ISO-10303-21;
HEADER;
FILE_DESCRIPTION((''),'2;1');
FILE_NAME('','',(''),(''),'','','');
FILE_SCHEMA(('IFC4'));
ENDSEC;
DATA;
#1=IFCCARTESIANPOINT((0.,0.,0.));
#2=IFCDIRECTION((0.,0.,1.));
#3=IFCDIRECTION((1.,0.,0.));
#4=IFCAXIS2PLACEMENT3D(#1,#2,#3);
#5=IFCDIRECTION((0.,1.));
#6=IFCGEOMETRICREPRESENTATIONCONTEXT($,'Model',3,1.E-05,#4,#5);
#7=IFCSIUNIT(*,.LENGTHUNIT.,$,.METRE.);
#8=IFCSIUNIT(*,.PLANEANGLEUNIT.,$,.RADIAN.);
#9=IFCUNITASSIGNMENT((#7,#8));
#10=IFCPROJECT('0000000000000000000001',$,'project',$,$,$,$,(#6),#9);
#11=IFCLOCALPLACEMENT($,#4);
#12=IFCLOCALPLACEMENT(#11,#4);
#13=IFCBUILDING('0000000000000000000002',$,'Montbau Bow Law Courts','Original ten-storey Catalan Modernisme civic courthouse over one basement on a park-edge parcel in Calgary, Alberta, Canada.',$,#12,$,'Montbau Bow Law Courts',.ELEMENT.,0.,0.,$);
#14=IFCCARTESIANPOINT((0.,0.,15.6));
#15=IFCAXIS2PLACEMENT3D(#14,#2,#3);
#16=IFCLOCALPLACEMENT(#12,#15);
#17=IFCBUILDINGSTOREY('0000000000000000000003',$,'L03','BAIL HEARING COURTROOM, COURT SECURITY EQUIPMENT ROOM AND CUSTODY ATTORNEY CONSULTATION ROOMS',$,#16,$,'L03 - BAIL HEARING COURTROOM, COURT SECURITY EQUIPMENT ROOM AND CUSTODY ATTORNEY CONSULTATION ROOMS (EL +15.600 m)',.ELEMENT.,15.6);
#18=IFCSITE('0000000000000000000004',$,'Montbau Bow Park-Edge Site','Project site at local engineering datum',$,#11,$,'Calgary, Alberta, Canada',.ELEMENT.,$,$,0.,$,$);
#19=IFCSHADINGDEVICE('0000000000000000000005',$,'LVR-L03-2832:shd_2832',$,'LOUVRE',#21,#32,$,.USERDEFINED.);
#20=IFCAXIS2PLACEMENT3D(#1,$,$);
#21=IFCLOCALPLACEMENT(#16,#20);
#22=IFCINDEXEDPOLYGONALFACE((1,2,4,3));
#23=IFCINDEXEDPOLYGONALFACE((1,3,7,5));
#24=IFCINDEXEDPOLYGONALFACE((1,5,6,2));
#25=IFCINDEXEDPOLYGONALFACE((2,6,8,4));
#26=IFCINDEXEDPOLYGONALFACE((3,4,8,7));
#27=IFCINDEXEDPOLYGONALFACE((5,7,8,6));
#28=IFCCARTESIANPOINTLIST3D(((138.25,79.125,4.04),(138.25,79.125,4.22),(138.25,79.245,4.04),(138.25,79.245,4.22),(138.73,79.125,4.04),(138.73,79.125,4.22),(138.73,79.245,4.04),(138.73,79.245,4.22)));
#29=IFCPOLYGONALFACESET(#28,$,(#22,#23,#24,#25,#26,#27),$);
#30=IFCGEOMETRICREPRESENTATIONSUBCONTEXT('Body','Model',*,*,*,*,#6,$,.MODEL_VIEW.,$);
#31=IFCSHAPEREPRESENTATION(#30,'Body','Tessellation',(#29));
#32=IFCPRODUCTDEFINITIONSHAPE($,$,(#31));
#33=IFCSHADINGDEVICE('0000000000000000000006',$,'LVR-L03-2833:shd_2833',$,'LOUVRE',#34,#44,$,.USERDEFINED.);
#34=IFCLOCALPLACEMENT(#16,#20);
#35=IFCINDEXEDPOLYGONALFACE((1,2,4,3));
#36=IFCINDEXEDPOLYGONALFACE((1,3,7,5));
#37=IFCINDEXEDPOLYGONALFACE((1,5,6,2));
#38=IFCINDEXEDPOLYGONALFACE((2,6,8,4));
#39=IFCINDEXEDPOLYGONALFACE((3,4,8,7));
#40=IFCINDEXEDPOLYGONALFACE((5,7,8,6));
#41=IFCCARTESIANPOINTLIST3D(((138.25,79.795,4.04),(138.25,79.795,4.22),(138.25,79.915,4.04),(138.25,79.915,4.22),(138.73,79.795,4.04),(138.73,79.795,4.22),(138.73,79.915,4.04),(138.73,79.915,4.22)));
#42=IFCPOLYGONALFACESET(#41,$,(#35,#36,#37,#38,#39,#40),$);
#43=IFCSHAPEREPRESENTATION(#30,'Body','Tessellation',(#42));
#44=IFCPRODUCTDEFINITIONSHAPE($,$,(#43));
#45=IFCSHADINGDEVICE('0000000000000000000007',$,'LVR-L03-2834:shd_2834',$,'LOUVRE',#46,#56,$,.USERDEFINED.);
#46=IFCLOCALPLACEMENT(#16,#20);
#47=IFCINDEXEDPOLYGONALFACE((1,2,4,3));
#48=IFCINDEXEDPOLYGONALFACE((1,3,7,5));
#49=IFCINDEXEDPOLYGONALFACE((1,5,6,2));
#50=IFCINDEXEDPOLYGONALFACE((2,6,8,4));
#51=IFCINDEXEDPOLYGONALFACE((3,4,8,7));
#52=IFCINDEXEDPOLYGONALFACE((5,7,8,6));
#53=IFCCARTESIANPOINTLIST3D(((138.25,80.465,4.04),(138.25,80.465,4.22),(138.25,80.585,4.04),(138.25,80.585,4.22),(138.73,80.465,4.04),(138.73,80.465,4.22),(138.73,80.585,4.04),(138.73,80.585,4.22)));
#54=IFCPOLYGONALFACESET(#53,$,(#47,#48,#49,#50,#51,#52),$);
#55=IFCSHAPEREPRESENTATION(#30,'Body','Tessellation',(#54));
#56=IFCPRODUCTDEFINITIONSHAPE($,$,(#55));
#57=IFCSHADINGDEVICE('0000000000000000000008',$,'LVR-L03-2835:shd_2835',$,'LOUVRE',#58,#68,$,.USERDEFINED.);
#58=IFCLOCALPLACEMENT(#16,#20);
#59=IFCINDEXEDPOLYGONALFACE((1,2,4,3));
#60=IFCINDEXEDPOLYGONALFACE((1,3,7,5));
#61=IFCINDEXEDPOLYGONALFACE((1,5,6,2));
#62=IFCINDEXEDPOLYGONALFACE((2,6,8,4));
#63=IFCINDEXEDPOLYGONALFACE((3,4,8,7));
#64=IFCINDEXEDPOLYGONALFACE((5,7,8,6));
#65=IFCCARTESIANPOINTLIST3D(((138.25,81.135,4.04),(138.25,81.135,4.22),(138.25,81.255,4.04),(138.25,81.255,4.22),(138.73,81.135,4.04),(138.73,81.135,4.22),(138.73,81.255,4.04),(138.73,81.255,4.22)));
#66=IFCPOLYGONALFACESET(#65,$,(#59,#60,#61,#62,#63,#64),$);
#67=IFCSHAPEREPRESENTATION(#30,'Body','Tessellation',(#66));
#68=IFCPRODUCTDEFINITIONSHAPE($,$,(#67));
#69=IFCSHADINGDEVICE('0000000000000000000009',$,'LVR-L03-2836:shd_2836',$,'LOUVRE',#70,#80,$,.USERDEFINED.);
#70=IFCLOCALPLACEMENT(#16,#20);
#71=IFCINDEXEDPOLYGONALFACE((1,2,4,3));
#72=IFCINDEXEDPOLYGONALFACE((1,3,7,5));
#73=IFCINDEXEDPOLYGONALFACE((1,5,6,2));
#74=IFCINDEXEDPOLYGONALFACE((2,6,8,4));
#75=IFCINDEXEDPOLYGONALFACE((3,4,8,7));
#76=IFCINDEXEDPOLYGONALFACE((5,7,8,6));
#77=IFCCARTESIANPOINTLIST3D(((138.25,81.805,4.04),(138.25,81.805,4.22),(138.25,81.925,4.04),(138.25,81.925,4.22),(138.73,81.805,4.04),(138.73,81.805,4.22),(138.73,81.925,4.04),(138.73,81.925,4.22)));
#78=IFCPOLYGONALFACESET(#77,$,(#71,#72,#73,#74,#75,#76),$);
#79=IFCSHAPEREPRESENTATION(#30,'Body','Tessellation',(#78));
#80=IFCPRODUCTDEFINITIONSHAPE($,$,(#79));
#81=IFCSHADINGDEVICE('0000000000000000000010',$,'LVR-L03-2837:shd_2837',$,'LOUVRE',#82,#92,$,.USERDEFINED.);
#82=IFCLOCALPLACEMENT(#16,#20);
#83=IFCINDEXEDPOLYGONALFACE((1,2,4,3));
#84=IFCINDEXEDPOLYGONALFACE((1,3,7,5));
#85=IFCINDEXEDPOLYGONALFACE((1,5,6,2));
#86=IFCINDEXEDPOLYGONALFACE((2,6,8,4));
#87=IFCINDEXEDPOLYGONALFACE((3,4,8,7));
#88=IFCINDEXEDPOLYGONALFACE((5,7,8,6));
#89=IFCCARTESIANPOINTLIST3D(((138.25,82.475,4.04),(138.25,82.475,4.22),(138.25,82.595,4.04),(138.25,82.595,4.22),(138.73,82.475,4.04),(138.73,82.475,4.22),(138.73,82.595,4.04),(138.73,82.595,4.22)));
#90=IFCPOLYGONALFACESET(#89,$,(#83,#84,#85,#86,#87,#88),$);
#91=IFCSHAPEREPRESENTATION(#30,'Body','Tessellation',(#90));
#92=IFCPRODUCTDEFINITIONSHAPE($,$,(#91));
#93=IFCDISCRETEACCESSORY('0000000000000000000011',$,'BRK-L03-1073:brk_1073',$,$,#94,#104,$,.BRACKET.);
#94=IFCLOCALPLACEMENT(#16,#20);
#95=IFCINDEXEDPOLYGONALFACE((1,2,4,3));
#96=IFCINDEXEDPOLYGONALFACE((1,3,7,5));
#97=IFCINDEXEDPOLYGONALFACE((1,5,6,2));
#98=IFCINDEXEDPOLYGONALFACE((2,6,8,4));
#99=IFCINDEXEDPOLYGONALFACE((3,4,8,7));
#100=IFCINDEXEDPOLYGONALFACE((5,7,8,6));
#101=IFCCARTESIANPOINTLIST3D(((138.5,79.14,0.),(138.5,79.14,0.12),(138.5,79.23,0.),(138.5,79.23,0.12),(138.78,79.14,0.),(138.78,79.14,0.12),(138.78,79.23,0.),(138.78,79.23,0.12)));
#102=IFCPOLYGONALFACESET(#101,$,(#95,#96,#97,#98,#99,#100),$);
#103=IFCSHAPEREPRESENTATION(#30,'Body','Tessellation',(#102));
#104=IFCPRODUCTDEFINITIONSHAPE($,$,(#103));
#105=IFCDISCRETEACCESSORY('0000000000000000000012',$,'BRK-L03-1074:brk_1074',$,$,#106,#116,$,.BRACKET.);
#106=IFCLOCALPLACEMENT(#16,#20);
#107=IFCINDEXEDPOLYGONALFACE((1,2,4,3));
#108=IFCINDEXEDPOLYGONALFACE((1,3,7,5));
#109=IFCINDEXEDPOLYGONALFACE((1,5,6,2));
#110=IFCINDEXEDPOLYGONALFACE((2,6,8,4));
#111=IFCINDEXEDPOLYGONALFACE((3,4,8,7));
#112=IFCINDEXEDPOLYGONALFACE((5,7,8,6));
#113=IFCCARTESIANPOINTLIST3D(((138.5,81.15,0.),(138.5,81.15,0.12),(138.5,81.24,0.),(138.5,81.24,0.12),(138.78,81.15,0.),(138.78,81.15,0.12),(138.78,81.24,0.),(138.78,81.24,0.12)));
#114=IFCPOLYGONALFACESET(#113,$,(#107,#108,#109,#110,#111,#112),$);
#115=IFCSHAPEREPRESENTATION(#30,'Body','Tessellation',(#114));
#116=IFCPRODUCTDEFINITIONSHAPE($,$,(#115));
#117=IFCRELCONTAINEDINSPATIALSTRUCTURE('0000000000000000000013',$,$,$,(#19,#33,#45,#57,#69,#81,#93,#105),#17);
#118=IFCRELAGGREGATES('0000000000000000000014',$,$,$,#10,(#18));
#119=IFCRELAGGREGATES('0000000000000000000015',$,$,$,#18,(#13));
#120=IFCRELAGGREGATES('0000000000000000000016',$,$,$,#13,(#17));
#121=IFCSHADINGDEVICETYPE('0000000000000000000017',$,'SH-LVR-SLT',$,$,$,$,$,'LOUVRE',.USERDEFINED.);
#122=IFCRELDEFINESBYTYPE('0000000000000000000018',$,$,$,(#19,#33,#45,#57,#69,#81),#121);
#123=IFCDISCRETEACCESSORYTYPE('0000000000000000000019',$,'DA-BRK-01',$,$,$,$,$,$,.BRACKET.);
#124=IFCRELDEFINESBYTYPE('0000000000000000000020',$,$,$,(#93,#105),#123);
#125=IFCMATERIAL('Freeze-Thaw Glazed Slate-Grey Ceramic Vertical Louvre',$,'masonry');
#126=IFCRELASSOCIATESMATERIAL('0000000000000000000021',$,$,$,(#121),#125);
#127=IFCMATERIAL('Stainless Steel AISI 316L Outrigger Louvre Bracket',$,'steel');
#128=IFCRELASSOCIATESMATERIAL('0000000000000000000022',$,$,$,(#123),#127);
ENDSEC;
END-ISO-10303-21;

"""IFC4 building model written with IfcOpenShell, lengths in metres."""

from ifc_helpers import new_model, si_unit, direction, frame, origin_with_axes, origin_2d_with_axis, place, context, subcontext, project, spatial, rectangle, extrude, material, type_object, element, save


model = new_model("IFC4")

# Units and contexts
model_context = context("Model", 3, precision=1e-05, world=origin_with_axes(), true_north=direction((0.0, 1.0)))
body_context = subcontext(model_context, "Body", "Model", "MODEL_VIEW")
ifc_project = project(units=[si_unit("LENGTHUNIT", "METRE"), si_unit("PLANEANGLEUNIT", "RADIAN")], contexts=[model_context])

# Site, building, storey
site_placement = place(None, origin_with_axes())
site = spatial("IfcSite", under=ifc_project, at=site_placement, Name="Montbau Bow Park-Edge Site", Description="Project site at local engineering datum", LongName="Calgary, Alberta, Canada", CompositionType="ELEMENT", RefElevation=0.0)
building_placement = place(site_placement, origin_with_axes())
building = spatial("IfcBuilding", under=site, at=building_placement, Name="Montbau Bow Law Courts", Description="Original ten-storey Catalan Modernisme civic courthouse over one basement on a park-edge parcel in Calgary, Alberta, Canada.", LongName="Montbau Bow Law Courts", CompositionType="ELEMENT", ElevationOfRefHeight=0.0, ElevationOfTerrain=0.0)
storey_placement = place(building_placement, frame((0.0, 0.0, 15.6), z_axis=(0.0, 0.0, 1.0), x_axis=(1.0, 0.0, 0.0)))
storey = spatial("IfcBuildingStorey", under=building, at=storey_placement, Name="L03", Description="BAIL HEARING COURTROOM, COURT SECURITY EQUIPMENT ROOM AND CUSTODY ATTORNEY CONSULTATION ROOMS", LongName="L03 - BAIL HEARING COURTROOM, COURT SECURITY EQUIPMENT ROOM AND CUSTODY ATTORNEY CONSULTATION ROOMS (EL +15.600 m)", CompositionType="ELEMENT", Elevation=15.6)

# Shared definitions
ifc_material_1 = material(Name="Freeze-Thaw Glazed Slate-Grey Ceramic Vertical Louvre", Category="masonry")

# Shading devices
shading_device_type = type_object("IfcShadingDeviceType", Name="SH-LVR-SLT", ElementType="LOUVRE", PredefinedType="USERDEFINED", material=ifc_material_1)
for number, where, z_axis, x_axis, name in (
    (1, (138.49, 79.185, 19.64), (0.0, 0.0, 1.0), (-1.0, 0.0, 0.0), "LVR-L03-2832:shd_2832"),
    (2, (138.49, 79.855, 19.64), (0.0, 0.0, 1.0), (-1.0, 0.0, 0.0), "LVR-L03-2833:shd_2833"),
    (3, (138.49, 80.525, 19.64), (0.0, 0.0, 1.0), (-1.0, 0.0, 0.0), "LVR-L03-2834:shd_2834"),
    (4, (138.49, 81.195, 19.64), (0.0, 0.0, 1.0), (-1.0, 0.0, 0.0), "LVR-L03-2835:shd_2835"),
    (5, (138.49, 81.865, 19.64), (0.0, 0.0, 1.0), (-1.0, 0.0, 0.0), "LVR-L03-2836:shd_2836"),
    (6, (138.49, 82.535, 19.64), (0.0, 0.0, 1.0), (-1.0, 0.0, 0.0), "LVR-L03-2837:shd_2837"),
):
    element("IfcShadingDevice", number, at=place(None, frame(where, z_axis=z_axis, x_axis=x_axis)), inside=storey, type_object=shading_device_type, Name=name, ObjectType="LOUVRE", PredefinedType="USERDEFINED", context=body_context, shape_type="SweptSolid", body=[
        extrude(rectangle(XDim=0.48, YDim=0.12, at=origin_2d_with_axis()), origin_with_axes(), (0.0, 0.0, 1.0), 0.18),
    ])

# Discrete accessories
ifc_material_2 = material(Name="Stainless Steel AISI 316L Outrigger Louvre Bracket", Category="steel")
discrete_accessory_type = type_object("IfcDiscreteAccessoryType", Name="DA-BRK-01", PredefinedType="BRACKET", material=ifc_material_2)
for number, where, z_axis, x_axis, name in (
    (7, (138.64, 79.185, 15.6), (0.0, 0.0, 1.0), (-1.0, 0.0, 0.0), "BRK-L03-1073:brk_1073"),
    (8, (138.64, 81.195, 15.6), (0.0, 0.0, 1.0), (-1.0, 0.0, 0.0), "BRK-L03-1074:brk_1074"),
):
    element("IfcDiscreteAccessory", number, at=place(None, frame(where, z_axis=z_axis, x_axis=x_axis)), inside=storey, type_object=discrete_accessory_type, Name=name, PredefinedType="BRACKET", context=body_context, shape_type="SweptSolid", body=[
        extrude(rectangle(XDim=0.28, YDim=0.09, at=origin_2d_with_axis()), origin_with_axes(), (0.0, 0.0, 1.0), 0.12),
    ])

save(model, "model.ifc")
